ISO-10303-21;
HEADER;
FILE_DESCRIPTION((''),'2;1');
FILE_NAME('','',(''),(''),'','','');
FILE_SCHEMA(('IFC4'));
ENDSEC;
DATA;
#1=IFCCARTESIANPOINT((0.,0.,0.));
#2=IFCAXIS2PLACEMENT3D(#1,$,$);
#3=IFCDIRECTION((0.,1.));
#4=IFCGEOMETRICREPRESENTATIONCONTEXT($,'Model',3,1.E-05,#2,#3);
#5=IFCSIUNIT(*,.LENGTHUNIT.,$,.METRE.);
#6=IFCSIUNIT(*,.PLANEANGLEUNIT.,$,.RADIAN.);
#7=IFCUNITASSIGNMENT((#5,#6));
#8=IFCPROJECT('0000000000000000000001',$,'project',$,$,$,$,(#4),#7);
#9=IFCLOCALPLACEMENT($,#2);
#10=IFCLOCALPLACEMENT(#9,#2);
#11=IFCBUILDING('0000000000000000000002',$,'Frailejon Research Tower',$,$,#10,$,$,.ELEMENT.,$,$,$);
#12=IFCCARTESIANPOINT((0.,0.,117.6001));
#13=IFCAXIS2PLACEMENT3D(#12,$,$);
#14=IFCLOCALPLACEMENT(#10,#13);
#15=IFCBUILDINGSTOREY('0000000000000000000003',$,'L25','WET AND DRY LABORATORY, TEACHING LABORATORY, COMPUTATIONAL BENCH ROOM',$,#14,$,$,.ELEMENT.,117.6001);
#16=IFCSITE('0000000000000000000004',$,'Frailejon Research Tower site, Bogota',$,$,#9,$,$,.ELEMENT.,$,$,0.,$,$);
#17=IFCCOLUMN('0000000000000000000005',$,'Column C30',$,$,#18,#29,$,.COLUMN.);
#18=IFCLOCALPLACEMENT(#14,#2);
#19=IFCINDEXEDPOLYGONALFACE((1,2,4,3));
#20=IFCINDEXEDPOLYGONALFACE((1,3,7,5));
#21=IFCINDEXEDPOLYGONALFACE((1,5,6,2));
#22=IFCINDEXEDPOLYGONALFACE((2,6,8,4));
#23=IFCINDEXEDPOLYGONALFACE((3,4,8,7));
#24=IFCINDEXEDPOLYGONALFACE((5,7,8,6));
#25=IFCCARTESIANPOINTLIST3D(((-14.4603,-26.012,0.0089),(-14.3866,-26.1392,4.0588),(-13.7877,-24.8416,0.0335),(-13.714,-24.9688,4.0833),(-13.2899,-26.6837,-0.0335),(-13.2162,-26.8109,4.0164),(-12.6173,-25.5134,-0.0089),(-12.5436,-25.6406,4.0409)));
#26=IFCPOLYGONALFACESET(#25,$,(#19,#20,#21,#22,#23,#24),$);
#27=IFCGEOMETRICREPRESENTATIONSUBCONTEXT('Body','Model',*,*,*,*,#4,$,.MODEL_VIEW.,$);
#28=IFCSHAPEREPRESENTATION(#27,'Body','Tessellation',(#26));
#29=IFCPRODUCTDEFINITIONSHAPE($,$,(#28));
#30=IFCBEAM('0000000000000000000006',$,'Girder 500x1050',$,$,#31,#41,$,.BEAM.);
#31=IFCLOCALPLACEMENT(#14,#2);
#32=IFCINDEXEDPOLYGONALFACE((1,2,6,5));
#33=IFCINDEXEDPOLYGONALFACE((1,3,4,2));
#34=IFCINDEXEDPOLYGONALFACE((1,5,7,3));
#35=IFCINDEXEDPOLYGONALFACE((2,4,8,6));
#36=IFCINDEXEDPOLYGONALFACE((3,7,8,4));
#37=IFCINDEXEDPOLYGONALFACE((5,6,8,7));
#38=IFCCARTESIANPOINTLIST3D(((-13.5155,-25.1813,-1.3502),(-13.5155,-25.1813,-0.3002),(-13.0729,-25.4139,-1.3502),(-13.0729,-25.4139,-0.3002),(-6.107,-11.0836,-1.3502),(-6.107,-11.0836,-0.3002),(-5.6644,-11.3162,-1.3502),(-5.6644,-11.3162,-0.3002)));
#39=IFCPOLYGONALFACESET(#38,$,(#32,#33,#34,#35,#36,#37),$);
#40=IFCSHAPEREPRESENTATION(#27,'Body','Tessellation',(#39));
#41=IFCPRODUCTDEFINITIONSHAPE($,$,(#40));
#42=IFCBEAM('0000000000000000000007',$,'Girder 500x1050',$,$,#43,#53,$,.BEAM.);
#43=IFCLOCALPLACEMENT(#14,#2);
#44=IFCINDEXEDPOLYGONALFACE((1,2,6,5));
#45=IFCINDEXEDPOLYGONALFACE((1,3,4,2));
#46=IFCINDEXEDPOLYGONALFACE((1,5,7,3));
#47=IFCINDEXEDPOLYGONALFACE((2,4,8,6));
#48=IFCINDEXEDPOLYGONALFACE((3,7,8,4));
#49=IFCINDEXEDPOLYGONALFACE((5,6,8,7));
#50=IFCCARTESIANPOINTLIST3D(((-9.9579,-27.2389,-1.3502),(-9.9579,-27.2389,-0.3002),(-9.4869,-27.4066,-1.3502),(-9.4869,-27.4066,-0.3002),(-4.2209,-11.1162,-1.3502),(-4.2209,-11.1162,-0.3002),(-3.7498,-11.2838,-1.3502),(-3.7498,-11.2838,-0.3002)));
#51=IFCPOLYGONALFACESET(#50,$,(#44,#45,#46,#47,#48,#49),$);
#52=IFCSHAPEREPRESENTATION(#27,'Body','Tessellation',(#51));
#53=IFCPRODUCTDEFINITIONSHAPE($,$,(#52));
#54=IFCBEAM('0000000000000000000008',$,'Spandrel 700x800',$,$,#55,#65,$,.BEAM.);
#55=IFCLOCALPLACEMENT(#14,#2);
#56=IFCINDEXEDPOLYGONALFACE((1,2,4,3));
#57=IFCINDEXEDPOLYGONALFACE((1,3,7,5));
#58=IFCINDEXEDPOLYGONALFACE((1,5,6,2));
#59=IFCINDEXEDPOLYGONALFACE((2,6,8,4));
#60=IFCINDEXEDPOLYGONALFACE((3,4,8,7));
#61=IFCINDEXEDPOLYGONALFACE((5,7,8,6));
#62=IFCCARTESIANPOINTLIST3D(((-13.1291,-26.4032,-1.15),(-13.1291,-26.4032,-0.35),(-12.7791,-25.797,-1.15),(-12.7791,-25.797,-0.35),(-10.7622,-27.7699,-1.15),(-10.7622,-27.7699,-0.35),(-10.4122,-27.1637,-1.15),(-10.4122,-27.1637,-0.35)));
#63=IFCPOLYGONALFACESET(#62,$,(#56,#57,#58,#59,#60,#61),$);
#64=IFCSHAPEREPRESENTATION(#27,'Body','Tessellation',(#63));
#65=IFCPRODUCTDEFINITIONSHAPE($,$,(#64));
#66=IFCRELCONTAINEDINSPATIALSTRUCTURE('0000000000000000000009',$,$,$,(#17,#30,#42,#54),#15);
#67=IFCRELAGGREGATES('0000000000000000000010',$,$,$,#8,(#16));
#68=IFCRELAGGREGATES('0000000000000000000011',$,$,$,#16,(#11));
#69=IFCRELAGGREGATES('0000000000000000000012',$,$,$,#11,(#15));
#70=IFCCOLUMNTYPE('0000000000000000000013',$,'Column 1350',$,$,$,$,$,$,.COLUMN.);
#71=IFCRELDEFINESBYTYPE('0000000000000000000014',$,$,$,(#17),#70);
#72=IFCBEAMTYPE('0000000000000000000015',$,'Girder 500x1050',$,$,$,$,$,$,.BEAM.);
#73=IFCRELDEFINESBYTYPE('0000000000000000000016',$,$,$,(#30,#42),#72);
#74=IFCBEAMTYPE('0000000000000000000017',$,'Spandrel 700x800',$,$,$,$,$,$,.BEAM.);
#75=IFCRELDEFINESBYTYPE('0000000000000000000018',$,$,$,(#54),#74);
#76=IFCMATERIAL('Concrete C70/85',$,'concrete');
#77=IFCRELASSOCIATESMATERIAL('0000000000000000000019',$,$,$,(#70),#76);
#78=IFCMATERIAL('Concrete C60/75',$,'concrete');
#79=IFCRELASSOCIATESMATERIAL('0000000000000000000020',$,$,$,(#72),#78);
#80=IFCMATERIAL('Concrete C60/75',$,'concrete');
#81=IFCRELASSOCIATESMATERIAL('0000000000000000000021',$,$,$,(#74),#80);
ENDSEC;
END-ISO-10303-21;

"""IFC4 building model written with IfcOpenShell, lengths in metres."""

from ifc_helpers import new_model, si_unit, direction, frame, origin, origin_2d, place, context, subcontext, project, spatial, rectangle, extrude, material, material_profile, profile_set, type_object, element, save


model = new_model("IFC4")

# Units and contexts
model_context = context("Model", 3, precision=1e-05, world=origin(), true_north=direction((0.0, 1.0)))
body_context = subcontext(model_context, "Body", "Model", "MODEL_VIEW")
ifc_project = project(units=[si_unit("LENGTHUNIT", "METRE"), si_unit("PLANEANGLEUNIT", "RADIAN")], contexts=[model_context])

# Site, building, storey
site_placement = place(None, origin())
site = spatial("IfcSite", under=ifc_project, at=site_placement, Name="Frailejon Research Tower site, Bogota", CompositionType="ELEMENT", RefElevation=0.0)
building_placement = place(site_placement, origin())
building = spatial("IfcBuilding", under=site, at=building_placement, Name="Frailejon Research Tower", CompositionType="ELEMENT")
storey_placement = place(building_placement, frame((0.0, 0.0, 117.6001)))
storey = spatial("IfcBuildingStorey", under=building, at=storey_placement, Name="L25", Description="WET AND DRY LABORATORY, TEACHING LABORATORY, COMPUTATIONAL BENCH ROOM", CompositionType="ELEMENT", Elevation=117.6001)

# Column
ifc_material_1 = material(Name="Concrete C70/85", Category="concrete")
ifc_material_profile_1 = material_profile(ifc_material_1, rectangle(XDim=1.3501, YDim=1.3501, at=origin_2d()), Name="Column 1350")
ifc_profile_set_1 = profile_set([ifc_material_profile_1], Name="Concrete C70/85")
column_type = type_object("IfcColumnType", Name="Column 1350", PredefinedType="COLUMN", material=ifc_profile_set_1)
column_placement = place(storey_placement, frame((-13.5388, -25.7627, 0.0), z_axis=(0.018194, -0.031388, 0.999342), x_axis=(0.866872, -0.49754, -0.031409)))
element("IfcColumn", 1, at=column_placement, inside=storey, type_object=column_type, Name="Column C30", PredefinedType="COLUMN", context=body_context, shape_type="SweptSolid", body=[
    extrude(rectangle(XDim=1.3501, YDim=1.3501, at=origin_2d()), origin(), (0.0, 0.0, 1.0), 4.0525),
])

# Beams
ifc_material_2 = material(Name="Concrete C60/75", Category="concrete")
ifc_material_profile_2 = material_profile(ifc_material_2, rectangle(XDim=0.5, YDim=1.05, at=origin_2d()), Name="Girder 500x1050")
ifc_profile_set_2 = profile_set([ifc_material_profile_2], Name="Concrete C60/75")
beam_type_1 = type_object("IfcBeamType", Name="Girder 500x1050", PredefinedType="BEAM", material=ifc_profile_set_2)
beam_1_placement = place(storey_placement, frame((-13.2942, -25.2976, -0.8252), z_axis=(0.465187, 0.885212, 0.0), x_axis=(-0.885212, 0.465187, 0.0)))
element("IfcBeam", 2, at=beam_1_placement, inside=storey, type_object=beam_type_1, Name="Girder 500x1050", PredefinedType="BEAM", context=body_context, shape_type="SweptSolid", body=[
    extrude(rectangle(XDim=0.5, YDim=1.05, at=origin_2d()), origin(), (0.0, 0.0, 1.0), 15.9258),
])
beam_2_placement = place(storey_placement, frame((-9.7224, -27.3228, -0.8252), z_axis=(0.335244, 0.942132, 0.0), x_axis=(-0.942132, 0.335244, 0.0)))
element("IfcBeam", 3, at=beam_2_placement, inside=storey, type_object=beam_type_1, Name="Girder 500x1050", PredefinedType="BEAM", context=body_context, shape_type="SweptSolid", body=[
    extrude(rectangle(XDim=0.5, YDim=1.05, at=origin_2d()), origin(), (0.0, 0.0, 1.0), 17.113),
])
ifc_material_3 = material(Name="Concrete C60/75", Category="concrete")
ifc_material_profile_3 = material_profile(ifc_material_3, rectangle(XDim=0.7, YDim=0.8, at=origin_2d()), Name="Spandrel 700x800")
ifc_profile_set_3 = profile_set([ifc_material_profile_3], Name="Concrete C60/75")
beam_type_2 = type_object("IfcBeamType", Name="Spandrel 700x800", PredefinedType="BEAM", material=ifc_profile_set_3)
beam_3_placement = place(storey_placement, frame((-12.9541, -26.1001, -0.75), z_axis=(0.866003, -0.500039, 0.0), x_axis=(0.500039, 0.866003, 0.0)))
element("IfcBeam", 4, at=beam_3_placement, inside=storey, type_object=beam_type_2, Name="Spandrel 700x800", PredefinedType="BEAM", context=body_context, shape_type="SweptSolid", body=[
    extrude(rectangle(XDim=0.7, YDim=0.8, at=origin_2d()), origin(), (0.0, 0.0, 1.0), 2.7332),
])

save(model, "model.ifc")
